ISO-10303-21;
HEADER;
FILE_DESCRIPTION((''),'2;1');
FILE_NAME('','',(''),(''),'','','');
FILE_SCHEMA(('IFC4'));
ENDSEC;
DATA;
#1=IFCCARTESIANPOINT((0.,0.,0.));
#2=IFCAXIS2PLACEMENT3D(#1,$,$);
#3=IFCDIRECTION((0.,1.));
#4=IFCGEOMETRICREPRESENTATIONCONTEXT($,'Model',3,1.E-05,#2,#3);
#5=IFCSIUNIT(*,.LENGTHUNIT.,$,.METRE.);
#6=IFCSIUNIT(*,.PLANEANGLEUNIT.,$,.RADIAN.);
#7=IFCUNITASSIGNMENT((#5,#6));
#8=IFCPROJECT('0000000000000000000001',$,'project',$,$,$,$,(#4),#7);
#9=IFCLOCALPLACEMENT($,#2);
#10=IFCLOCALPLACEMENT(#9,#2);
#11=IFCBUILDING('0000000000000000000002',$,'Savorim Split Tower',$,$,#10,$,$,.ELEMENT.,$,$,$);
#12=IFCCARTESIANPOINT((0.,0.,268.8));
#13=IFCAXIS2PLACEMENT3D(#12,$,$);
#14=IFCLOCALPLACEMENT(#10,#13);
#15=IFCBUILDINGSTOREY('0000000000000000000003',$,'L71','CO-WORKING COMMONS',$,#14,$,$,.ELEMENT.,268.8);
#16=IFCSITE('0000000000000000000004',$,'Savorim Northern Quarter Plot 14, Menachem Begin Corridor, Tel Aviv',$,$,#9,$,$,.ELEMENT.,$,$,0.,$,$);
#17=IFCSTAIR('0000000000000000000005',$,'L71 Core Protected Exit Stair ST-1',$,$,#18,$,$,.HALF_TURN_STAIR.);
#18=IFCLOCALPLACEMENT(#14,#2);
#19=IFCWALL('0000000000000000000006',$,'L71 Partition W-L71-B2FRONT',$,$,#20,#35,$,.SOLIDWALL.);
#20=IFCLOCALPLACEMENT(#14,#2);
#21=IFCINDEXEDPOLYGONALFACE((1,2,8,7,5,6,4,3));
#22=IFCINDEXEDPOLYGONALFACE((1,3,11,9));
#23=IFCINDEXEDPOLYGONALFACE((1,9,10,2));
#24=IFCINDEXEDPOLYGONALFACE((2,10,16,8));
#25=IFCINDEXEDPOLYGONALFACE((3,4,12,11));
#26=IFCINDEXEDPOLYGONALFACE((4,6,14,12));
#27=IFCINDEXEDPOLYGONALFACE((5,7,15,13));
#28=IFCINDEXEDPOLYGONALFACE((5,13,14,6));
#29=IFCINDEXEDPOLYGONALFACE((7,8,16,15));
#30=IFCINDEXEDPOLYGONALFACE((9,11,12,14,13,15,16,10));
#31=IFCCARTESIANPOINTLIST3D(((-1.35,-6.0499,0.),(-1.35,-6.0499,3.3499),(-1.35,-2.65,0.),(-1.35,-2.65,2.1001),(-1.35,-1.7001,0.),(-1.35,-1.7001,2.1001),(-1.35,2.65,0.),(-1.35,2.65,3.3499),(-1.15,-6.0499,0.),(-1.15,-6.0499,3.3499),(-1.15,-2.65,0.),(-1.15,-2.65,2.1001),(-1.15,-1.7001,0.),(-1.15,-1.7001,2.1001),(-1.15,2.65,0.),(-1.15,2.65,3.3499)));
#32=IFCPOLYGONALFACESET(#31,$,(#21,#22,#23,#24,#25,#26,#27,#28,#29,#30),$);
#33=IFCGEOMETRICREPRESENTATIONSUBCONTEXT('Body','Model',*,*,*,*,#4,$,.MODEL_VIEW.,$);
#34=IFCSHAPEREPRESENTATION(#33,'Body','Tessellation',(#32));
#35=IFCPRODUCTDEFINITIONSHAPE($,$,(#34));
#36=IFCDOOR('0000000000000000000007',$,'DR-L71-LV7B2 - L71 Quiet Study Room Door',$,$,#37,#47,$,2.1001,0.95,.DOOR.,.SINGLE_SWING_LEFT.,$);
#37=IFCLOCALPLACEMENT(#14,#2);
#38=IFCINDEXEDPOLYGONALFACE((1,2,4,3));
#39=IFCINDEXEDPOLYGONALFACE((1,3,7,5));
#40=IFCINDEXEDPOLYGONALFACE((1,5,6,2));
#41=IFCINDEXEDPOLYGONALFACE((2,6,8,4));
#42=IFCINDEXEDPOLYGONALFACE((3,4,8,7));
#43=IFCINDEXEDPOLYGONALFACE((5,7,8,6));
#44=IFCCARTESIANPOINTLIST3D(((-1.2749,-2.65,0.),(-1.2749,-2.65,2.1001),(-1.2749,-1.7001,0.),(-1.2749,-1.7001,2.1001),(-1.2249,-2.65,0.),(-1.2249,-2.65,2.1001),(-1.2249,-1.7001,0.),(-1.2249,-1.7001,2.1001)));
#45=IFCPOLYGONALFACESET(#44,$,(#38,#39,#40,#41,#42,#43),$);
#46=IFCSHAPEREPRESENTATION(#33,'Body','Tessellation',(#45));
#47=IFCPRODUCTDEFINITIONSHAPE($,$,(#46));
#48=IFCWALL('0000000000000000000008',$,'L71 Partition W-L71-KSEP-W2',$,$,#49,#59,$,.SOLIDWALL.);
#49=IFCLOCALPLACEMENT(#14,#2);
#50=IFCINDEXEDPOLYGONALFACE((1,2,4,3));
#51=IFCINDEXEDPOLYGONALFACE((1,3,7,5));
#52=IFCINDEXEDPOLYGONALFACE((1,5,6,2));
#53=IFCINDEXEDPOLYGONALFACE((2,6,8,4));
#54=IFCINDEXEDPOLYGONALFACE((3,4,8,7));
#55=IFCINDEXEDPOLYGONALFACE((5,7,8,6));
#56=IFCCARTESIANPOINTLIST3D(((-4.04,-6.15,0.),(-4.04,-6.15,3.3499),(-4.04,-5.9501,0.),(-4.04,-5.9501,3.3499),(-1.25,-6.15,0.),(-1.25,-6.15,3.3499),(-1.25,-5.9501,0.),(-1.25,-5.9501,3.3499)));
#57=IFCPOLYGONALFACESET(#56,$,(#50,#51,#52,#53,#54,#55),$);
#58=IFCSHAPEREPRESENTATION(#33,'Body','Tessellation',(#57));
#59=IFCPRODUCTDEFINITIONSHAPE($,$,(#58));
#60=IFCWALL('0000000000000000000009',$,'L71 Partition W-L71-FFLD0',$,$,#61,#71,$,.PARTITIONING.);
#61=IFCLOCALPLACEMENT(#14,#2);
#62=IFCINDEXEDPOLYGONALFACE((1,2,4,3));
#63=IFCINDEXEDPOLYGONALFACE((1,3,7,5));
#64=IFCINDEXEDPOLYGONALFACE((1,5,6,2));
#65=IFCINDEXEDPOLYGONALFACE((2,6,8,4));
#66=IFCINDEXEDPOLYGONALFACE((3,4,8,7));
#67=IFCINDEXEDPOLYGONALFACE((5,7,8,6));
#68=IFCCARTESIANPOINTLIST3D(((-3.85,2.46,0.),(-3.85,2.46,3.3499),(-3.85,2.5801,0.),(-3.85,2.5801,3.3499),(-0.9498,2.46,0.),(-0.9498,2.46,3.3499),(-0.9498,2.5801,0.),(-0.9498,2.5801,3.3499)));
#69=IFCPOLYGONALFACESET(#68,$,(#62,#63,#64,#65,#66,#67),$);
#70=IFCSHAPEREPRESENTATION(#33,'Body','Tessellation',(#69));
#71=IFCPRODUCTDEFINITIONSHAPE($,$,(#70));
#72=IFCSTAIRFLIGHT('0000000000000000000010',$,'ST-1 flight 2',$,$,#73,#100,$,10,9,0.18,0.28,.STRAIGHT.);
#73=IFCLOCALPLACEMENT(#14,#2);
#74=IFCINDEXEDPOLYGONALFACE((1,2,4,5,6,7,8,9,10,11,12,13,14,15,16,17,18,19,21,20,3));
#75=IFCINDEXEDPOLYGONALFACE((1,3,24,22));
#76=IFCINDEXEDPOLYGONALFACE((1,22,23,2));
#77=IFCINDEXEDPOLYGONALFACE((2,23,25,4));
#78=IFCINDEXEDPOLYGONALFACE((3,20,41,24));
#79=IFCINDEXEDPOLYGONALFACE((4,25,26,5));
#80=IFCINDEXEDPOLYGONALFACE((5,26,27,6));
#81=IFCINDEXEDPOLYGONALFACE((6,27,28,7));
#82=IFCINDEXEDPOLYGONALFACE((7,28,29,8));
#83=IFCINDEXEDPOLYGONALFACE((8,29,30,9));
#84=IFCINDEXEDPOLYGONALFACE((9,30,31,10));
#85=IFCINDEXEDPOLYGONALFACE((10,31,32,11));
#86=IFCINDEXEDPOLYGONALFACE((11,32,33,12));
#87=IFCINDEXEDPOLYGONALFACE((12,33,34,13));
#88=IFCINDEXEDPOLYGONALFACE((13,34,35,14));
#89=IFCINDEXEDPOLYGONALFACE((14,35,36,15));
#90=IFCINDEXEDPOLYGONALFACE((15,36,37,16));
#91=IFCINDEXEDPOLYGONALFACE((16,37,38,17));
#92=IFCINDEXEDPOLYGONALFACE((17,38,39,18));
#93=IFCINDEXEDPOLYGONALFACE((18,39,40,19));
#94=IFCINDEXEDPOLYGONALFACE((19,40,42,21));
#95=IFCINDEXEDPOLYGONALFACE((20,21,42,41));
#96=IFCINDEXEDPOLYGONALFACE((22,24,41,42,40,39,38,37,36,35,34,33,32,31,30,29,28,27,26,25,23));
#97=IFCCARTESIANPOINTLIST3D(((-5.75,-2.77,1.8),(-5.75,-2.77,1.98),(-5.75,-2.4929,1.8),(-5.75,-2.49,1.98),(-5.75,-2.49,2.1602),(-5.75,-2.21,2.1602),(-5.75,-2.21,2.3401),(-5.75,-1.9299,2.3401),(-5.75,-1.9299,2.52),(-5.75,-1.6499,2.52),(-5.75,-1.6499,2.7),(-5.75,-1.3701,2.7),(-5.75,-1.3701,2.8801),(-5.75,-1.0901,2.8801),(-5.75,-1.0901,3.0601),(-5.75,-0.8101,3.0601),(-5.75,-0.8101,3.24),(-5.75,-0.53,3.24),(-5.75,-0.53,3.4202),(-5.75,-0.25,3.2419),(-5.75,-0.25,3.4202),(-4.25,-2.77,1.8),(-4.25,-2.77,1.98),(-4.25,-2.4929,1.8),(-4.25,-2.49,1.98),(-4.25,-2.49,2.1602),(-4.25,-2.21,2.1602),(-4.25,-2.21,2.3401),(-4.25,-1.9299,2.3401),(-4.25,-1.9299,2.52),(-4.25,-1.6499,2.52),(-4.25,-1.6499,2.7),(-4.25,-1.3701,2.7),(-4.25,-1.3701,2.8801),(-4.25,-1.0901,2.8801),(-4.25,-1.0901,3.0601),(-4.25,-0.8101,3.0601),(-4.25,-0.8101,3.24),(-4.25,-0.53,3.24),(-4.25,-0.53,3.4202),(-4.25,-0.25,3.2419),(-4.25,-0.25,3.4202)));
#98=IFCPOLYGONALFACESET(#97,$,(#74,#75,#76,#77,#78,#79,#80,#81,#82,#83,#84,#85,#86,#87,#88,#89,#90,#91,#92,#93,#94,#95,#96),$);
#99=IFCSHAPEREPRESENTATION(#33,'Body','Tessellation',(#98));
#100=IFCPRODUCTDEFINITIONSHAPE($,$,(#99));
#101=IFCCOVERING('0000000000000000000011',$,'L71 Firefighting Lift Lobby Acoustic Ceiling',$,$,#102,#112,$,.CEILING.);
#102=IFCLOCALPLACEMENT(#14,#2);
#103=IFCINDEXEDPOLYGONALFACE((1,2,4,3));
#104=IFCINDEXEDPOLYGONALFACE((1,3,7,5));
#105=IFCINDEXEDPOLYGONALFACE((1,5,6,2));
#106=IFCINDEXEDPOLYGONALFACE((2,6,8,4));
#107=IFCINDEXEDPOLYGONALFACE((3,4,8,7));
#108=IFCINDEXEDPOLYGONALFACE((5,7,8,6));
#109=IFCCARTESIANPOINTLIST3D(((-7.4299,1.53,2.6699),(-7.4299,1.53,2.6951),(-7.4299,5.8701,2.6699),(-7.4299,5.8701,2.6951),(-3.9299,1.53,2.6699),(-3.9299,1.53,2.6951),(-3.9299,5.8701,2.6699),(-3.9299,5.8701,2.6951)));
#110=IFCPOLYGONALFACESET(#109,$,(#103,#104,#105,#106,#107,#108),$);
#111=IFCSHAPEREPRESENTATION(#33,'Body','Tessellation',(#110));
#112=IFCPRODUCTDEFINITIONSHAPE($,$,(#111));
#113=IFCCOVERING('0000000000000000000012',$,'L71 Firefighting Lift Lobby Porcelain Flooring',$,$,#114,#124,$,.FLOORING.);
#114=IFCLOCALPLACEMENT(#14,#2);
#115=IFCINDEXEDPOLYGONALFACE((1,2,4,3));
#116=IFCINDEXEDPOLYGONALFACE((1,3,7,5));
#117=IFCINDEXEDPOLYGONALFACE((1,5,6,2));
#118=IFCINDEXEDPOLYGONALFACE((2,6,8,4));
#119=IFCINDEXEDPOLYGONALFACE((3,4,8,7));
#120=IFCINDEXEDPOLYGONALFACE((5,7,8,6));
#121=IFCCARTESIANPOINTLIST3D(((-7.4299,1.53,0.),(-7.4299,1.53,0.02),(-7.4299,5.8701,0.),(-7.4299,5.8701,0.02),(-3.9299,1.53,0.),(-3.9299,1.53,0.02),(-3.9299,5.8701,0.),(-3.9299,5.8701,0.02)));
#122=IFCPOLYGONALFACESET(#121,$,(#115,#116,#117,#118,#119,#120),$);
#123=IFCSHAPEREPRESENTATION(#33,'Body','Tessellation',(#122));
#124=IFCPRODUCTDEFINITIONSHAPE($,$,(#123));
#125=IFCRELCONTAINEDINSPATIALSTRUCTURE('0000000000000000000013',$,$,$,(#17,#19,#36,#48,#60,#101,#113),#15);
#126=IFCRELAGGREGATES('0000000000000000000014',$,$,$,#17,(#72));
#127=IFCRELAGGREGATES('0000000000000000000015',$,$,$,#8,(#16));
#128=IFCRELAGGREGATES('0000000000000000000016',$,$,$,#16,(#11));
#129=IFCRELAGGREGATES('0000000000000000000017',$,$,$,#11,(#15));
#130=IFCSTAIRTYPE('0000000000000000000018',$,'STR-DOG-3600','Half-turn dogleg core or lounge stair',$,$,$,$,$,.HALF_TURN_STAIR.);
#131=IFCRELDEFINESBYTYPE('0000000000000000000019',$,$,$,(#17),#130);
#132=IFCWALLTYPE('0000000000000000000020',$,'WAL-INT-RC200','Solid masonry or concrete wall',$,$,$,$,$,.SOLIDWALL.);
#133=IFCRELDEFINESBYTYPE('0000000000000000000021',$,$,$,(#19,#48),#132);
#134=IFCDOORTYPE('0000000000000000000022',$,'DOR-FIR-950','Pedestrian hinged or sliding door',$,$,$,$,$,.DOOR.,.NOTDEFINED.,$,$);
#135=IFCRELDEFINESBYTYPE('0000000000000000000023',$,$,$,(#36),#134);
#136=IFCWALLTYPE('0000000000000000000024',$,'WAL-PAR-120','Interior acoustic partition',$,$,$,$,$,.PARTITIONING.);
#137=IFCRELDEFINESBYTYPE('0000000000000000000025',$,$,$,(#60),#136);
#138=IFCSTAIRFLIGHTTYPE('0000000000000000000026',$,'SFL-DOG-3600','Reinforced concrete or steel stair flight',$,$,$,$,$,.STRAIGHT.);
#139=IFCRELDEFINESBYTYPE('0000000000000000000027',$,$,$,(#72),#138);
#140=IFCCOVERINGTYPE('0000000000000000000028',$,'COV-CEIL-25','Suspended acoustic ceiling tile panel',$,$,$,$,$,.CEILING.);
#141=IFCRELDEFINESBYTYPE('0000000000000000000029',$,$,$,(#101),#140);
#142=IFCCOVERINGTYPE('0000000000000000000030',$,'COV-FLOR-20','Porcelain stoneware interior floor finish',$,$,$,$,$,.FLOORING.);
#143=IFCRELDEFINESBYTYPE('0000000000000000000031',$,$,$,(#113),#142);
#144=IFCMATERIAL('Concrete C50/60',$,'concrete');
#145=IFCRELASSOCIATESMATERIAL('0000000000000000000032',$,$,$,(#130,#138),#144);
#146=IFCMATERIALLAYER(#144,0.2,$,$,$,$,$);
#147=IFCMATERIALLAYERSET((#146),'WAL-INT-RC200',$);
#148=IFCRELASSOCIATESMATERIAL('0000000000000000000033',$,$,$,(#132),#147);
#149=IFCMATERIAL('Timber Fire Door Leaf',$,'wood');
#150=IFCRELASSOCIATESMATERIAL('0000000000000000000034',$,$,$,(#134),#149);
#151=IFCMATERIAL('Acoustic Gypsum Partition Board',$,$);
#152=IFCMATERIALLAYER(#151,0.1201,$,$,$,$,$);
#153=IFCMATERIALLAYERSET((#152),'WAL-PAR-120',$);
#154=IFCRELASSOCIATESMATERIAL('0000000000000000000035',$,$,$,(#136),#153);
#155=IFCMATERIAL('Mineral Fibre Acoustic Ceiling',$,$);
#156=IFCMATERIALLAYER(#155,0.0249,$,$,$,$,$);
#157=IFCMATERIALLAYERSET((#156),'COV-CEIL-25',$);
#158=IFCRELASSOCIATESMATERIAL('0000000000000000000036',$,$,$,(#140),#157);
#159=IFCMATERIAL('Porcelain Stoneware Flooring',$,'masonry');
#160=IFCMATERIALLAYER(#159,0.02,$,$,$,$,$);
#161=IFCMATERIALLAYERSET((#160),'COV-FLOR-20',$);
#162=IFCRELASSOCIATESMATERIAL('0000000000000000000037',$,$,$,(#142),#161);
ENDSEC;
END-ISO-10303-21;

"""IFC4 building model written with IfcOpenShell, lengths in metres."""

from ifc_helpers import new_model, si_unit, direction, frame, frame_2d, origin, place, context, subcontext, project, spatial, polyline, rectangle, outline, extrude, material, layer, layer_set, type_object, element, fill, aggregate, save


model = new_model("IFC4")

# Units and contexts
model_context = context("Model", 3, precision=1e-05, world=origin(), true_north=direction((0.0, 1.0)))
body_context = subcontext(model_context, "Body", "Model", "MODEL_VIEW")
ifc_project = project(units=[si_unit("LENGTHUNIT", "METRE"), si_unit("PLANEANGLEUNIT", "RADIAN")], contexts=[model_context])

# Site, building, storey
site_placement = place(None, origin())
site = spatial("IfcSite", under=ifc_project, at=site_placement, Name="Savorim Northern Quarter Plot 14, Menachem Begin Corridor, Tel Aviv", CompositionType="ELEMENT", RefElevation=0.0)
building_placement = place(site_placement, origin())
building = spatial("IfcBuilding", under=site, at=building_placement, Name="Savorim Split Tower", CompositionType="ELEMENT")
storey_placement = place(building_placement, frame((0.0, 0.0, 268.8)))
storey = spatial("IfcBuildingStorey", under=building, at=storey_placement, Name="L71", Description="CO-WORKING COMMONS", CompositionType="ELEMENT", Elevation=268.8)

# Shared definitions
ifc_material_1 = material(Name="Concrete C50/60", Category="concrete")

# Stair
stair_type = type_object("IfcStairType", Name="STR-DOG-3600", Description="Half-turn dogleg core or lounge stair", PredefinedType="HALF_TURN_STAIR", material=ifc_material_1)
stair_1_placement = place(storey_placement, origin())
stair_1 = element("IfcStair", 1, at=stair_1_placement, inside=storey, type_object=stair_type, Name="L71 Core Protected Exit Stair ST-1", PredefinedType="HALF_TURN_STAIR")

# Shared definitions
ifc_layer_1 = layer(ifc_material_1, 0.2)
ifc_layer_set_1 = layer_set([ifc_layer_1], Name="WAL-INT-RC200")
wall_type_1 = type_object("IfcWallType", Name="WAL-INT-RC200", Description="Solid masonry or concrete wall", PredefinedType="SOLIDWALL", material=ifc_layer_set_1)

# Wall, opening, door
wall_1_placement = place(storey_placement, frame((-1.25, -6.05, 0.0), z_axis=(0.0, 0.0, 1.0), x_axis=(0.0, 1.0, 0.0)))
wall_1 = element("IfcWall", 2, at=wall_1_placement, inside=storey, type_object=wall_type_1, Name="L71 Partition W-L71-B2FRONT", PredefinedType="SOLIDWALL", context=body_context, shape_type="SweptSolid", body=[
    extrude(rectangle(XDim=8.7, YDim=0.2, at=frame_2d((4.3501, 0.0))), origin(), (0.0, 0.0, 1.0), 3.3499),
])
opening_1_placement = place(wall_1_placement, frame((3.3999, 0.0, 0.0)))
opening_1 = element("IfcOpeningElement", 3, at=opening_1_placement, cuts=wall_1, PredefinedType="OPENING", context=body_context, shape_type="SweptSolid", body=[
    extrude(rectangle(XDim=0.95, YDim=2.1001, at=frame_2d((0.4751, 1.05))), frame((0.0, 0.1099, 0.0), z_axis=(0.0, -1.0, 0.0), x_axis=(1.0, 0.0, 0.0)), (0.0, 0.0, 1.0), 0.22),
])
ifc_material_2 = material(Name="Timber Fire Door Leaf", Category="wood")
door_type_1 = type_object("IfcDoorType", Name="DOR-FIR-950", Description="Pedestrian hinged or sliding door", OperationType="NOTDEFINED", PredefinedType="DOOR", material=ifc_material_2)
door_1_placement = place(opening_1_placement, origin())
door_1 = element("IfcDoor", 4, at=door_1_placement, inside=storey, type_object=door_type_1, Name="DR-L71-LV7B2 - L71 Quiet Study Room Door", OperationType="SINGLE_SWING_LEFT", OverallHeight=2.1001, OverallWidth=0.95, PredefinedType="DOOR", context=body_context, shape_type="SweptSolid", body=[
    extrude(rectangle(XDim=0.95, YDim=2.1001, at=frame_2d((0.4751, 1.05))), frame((0.0, 0.0249, 0.0), z_axis=(0.0, -1.0, 0.0), x_axis=(1.0, 0.0, 0.0)), (0.0, 0.0, 1.0), 0.05),
])
fill(opening_1, door_1)

# Walls
wall_2_placement = place(storey_placement, frame((-4.04, -6.05, 0.0), z_axis=(0.0, 0.0, 1.0), x_axis=(1.0, 0.0, 0.0)))
element("IfcWall", 5, at=wall_2_placement, inside=storey, type_object=wall_type_1, Name="L71 Partition W-L71-KSEP-W2", PredefinedType="SOLIDWALL", context=body_context, shape_type="SweptSolid", body=[
    extrude(rectangle(XDim=2.79, YDim=0.2, at=frame_2d((1.395, 0.0))), origin(), (0.0, 0.0, 1.0), 3.3499),
])
ifc_material_3 = material(Name="Acoustic Gypsum Partition Board")
ifc_layer_2 = layer(ifc_material_3, 0.1201)
ifc_layer_set_2 = layer_set([ifc_layer_2], Name="WAL-PAR-120")
wall_type_2 = type_object("IfcWallType", Name="WAL-PAR-120", Description="Interior acoustic partition", PredefinedType="PARTITIONING", material=ifc_layer_set_2)
wall_3_placement = place(storey_placement, frame((-3.8501, 2.52, 0.0), z_axis=(0.0, 0.0, 1.0), x_axis=(1.0, 0.0, 0.0)))
element("IfcWall", 6, at=wall_3_placement, inside=storey, type_object=wall_type_2, Name="L71 Partition W-L71-FFLD0", PredefinedType="PARTITIONING", context=body_context, shape_type="SweptSolid", body=[
    extrude(rectangle(XDim=2.9001, YDim=0.1201, at=frame_2d((1.4502, 0.0))), origin(), (0.0, 0.0, 1.0), 3.3499),
])

# Stair flight
stair_flight_type = type_object("IfcStairFlightType", Name="SFL-DOG-3600", Description="Reinforced concrete or steel stair flight", PredefinedType="STRAIGHT", material=ifc_material_1)
stair_flight_placement = place(storey_placement, frame((-5.0, -2.77, 1.8), z_axis=(0.0, 0.0, 1.0), x_axis=(0.0, 1.0, 0.0)))
stair_flight = element("IfcStairFlight", 7, at=stair_flight_placement, type_object=stair_flight_type, Name="ST-1 flight 2", NumberOfRisers=10, NumberOfTreads=9, PredefinedType="STRAIGHT", RiserHeight=0.18, TreadLength=0.28, context=body_context, shape_type="SweptSolid", body=[
    extrude(outline(polyline([(0.0, 0.0), (0.0, 0.1799), (0.28, 0.1799), (0.28, 0.3601), (0.5601, 0.3601), (0.5601, 0.54), (0.8401, 0.54), (0.8401, 0.72), (1.1201, 0.72), (1.1201, 0.8999), (1.3999, 0.8999), (1.3999, 1.0801), (1.6799, 1.0801), (1.6799, 1.26), (1.96, 1.26), (1.96, 1.4399), (2.24, 1.4399), (2.24, 1.6201), (2.52, 1.6201), (2.52, 1.8), (2.52, 1.4419), (0.2771, 0.0), (0.0, 0.0)])), frame((0.0, 0.75, 0.0), z_axis=(0.0, -1.0, 0.0), x_axis=(1.0, 0.0, 0.0)), (0.0, 0.0, 1.0), 1.5),
])
aggregate(stair_1, [stair_flight])

# Coverings
ifc_material_4 = material(Name="Mineral Fibre Acoustic Ceiling")
ifc_layer_3 = layer(ifc_material_4, 0.0249)
ifc_layer_set_3 = layer_set([ifc_layer_3], Name="COV-CEIL-25")
covering_type_1 = type_object("IfcCoveringType", Name="COV-CEIL-25", Description="Suspended acoustic ceiling tile panel", PredefinedType="CEILING", material=ifc_layer_set_3)
covering_1_placement = place(storey_placement, frame((0.0, 0.0, 2.6699)))
element("IfcCovering", 8, at=covering_1_placement, inside=storey, type_object=covering_type_1, Name="L71 Firefighting Lift Lobby Acoustic Ceiling", PredefinedType="CEILING", context=body_context, shape_type="SweptSolid", body=[
    extrude(outline(polyline([(-7.4299, 5.8701), (-7.4299, 1.53), (-3.9299, 1.53), (-3.9299, 5.8701), (-7.4299, 5.8701)])), origin(), (0.0, 0.0, 1.0), 0.0251),
])
ifc_material_5 = material(Name="Porcelain Stoneware Flooring", Category="masonry")
ifc_layer_4 = layer(ifc_material_5, 0.02)
ifc_layer_set_4 = layer_set([ifc_layer_4], Name="COV-FLOR-20")
covering_type_2 = type_object("IfcCoveringType", Name="COV-FLOR-20", Description="Porcelain stoneware interior floor finish", PredefinedType="FLOORING", material=ifc_layer_set_4)
covering_2_placement = place(storey_placement, origin())
element("IfcCovering", 9, at=covering_2_placement, inside=storey, type_object=covering_type_2, Name="L71 Firefighting Lift Lobby Porcelain Flooring", PredefinedType="FLOORING", context=body_context, shape_type="SweptSolid", body=[
    extrude(outline(polyline([(-7.4299, 5.8701), (-7.4299, 1.53), (-3.9299, 1.53), (-3.9299, 5.8701), (-7.4299, 5.8701)])), origin(), (0.0, 0.0, 1.0), 0.02),
])

save(model, "model.ifc")
